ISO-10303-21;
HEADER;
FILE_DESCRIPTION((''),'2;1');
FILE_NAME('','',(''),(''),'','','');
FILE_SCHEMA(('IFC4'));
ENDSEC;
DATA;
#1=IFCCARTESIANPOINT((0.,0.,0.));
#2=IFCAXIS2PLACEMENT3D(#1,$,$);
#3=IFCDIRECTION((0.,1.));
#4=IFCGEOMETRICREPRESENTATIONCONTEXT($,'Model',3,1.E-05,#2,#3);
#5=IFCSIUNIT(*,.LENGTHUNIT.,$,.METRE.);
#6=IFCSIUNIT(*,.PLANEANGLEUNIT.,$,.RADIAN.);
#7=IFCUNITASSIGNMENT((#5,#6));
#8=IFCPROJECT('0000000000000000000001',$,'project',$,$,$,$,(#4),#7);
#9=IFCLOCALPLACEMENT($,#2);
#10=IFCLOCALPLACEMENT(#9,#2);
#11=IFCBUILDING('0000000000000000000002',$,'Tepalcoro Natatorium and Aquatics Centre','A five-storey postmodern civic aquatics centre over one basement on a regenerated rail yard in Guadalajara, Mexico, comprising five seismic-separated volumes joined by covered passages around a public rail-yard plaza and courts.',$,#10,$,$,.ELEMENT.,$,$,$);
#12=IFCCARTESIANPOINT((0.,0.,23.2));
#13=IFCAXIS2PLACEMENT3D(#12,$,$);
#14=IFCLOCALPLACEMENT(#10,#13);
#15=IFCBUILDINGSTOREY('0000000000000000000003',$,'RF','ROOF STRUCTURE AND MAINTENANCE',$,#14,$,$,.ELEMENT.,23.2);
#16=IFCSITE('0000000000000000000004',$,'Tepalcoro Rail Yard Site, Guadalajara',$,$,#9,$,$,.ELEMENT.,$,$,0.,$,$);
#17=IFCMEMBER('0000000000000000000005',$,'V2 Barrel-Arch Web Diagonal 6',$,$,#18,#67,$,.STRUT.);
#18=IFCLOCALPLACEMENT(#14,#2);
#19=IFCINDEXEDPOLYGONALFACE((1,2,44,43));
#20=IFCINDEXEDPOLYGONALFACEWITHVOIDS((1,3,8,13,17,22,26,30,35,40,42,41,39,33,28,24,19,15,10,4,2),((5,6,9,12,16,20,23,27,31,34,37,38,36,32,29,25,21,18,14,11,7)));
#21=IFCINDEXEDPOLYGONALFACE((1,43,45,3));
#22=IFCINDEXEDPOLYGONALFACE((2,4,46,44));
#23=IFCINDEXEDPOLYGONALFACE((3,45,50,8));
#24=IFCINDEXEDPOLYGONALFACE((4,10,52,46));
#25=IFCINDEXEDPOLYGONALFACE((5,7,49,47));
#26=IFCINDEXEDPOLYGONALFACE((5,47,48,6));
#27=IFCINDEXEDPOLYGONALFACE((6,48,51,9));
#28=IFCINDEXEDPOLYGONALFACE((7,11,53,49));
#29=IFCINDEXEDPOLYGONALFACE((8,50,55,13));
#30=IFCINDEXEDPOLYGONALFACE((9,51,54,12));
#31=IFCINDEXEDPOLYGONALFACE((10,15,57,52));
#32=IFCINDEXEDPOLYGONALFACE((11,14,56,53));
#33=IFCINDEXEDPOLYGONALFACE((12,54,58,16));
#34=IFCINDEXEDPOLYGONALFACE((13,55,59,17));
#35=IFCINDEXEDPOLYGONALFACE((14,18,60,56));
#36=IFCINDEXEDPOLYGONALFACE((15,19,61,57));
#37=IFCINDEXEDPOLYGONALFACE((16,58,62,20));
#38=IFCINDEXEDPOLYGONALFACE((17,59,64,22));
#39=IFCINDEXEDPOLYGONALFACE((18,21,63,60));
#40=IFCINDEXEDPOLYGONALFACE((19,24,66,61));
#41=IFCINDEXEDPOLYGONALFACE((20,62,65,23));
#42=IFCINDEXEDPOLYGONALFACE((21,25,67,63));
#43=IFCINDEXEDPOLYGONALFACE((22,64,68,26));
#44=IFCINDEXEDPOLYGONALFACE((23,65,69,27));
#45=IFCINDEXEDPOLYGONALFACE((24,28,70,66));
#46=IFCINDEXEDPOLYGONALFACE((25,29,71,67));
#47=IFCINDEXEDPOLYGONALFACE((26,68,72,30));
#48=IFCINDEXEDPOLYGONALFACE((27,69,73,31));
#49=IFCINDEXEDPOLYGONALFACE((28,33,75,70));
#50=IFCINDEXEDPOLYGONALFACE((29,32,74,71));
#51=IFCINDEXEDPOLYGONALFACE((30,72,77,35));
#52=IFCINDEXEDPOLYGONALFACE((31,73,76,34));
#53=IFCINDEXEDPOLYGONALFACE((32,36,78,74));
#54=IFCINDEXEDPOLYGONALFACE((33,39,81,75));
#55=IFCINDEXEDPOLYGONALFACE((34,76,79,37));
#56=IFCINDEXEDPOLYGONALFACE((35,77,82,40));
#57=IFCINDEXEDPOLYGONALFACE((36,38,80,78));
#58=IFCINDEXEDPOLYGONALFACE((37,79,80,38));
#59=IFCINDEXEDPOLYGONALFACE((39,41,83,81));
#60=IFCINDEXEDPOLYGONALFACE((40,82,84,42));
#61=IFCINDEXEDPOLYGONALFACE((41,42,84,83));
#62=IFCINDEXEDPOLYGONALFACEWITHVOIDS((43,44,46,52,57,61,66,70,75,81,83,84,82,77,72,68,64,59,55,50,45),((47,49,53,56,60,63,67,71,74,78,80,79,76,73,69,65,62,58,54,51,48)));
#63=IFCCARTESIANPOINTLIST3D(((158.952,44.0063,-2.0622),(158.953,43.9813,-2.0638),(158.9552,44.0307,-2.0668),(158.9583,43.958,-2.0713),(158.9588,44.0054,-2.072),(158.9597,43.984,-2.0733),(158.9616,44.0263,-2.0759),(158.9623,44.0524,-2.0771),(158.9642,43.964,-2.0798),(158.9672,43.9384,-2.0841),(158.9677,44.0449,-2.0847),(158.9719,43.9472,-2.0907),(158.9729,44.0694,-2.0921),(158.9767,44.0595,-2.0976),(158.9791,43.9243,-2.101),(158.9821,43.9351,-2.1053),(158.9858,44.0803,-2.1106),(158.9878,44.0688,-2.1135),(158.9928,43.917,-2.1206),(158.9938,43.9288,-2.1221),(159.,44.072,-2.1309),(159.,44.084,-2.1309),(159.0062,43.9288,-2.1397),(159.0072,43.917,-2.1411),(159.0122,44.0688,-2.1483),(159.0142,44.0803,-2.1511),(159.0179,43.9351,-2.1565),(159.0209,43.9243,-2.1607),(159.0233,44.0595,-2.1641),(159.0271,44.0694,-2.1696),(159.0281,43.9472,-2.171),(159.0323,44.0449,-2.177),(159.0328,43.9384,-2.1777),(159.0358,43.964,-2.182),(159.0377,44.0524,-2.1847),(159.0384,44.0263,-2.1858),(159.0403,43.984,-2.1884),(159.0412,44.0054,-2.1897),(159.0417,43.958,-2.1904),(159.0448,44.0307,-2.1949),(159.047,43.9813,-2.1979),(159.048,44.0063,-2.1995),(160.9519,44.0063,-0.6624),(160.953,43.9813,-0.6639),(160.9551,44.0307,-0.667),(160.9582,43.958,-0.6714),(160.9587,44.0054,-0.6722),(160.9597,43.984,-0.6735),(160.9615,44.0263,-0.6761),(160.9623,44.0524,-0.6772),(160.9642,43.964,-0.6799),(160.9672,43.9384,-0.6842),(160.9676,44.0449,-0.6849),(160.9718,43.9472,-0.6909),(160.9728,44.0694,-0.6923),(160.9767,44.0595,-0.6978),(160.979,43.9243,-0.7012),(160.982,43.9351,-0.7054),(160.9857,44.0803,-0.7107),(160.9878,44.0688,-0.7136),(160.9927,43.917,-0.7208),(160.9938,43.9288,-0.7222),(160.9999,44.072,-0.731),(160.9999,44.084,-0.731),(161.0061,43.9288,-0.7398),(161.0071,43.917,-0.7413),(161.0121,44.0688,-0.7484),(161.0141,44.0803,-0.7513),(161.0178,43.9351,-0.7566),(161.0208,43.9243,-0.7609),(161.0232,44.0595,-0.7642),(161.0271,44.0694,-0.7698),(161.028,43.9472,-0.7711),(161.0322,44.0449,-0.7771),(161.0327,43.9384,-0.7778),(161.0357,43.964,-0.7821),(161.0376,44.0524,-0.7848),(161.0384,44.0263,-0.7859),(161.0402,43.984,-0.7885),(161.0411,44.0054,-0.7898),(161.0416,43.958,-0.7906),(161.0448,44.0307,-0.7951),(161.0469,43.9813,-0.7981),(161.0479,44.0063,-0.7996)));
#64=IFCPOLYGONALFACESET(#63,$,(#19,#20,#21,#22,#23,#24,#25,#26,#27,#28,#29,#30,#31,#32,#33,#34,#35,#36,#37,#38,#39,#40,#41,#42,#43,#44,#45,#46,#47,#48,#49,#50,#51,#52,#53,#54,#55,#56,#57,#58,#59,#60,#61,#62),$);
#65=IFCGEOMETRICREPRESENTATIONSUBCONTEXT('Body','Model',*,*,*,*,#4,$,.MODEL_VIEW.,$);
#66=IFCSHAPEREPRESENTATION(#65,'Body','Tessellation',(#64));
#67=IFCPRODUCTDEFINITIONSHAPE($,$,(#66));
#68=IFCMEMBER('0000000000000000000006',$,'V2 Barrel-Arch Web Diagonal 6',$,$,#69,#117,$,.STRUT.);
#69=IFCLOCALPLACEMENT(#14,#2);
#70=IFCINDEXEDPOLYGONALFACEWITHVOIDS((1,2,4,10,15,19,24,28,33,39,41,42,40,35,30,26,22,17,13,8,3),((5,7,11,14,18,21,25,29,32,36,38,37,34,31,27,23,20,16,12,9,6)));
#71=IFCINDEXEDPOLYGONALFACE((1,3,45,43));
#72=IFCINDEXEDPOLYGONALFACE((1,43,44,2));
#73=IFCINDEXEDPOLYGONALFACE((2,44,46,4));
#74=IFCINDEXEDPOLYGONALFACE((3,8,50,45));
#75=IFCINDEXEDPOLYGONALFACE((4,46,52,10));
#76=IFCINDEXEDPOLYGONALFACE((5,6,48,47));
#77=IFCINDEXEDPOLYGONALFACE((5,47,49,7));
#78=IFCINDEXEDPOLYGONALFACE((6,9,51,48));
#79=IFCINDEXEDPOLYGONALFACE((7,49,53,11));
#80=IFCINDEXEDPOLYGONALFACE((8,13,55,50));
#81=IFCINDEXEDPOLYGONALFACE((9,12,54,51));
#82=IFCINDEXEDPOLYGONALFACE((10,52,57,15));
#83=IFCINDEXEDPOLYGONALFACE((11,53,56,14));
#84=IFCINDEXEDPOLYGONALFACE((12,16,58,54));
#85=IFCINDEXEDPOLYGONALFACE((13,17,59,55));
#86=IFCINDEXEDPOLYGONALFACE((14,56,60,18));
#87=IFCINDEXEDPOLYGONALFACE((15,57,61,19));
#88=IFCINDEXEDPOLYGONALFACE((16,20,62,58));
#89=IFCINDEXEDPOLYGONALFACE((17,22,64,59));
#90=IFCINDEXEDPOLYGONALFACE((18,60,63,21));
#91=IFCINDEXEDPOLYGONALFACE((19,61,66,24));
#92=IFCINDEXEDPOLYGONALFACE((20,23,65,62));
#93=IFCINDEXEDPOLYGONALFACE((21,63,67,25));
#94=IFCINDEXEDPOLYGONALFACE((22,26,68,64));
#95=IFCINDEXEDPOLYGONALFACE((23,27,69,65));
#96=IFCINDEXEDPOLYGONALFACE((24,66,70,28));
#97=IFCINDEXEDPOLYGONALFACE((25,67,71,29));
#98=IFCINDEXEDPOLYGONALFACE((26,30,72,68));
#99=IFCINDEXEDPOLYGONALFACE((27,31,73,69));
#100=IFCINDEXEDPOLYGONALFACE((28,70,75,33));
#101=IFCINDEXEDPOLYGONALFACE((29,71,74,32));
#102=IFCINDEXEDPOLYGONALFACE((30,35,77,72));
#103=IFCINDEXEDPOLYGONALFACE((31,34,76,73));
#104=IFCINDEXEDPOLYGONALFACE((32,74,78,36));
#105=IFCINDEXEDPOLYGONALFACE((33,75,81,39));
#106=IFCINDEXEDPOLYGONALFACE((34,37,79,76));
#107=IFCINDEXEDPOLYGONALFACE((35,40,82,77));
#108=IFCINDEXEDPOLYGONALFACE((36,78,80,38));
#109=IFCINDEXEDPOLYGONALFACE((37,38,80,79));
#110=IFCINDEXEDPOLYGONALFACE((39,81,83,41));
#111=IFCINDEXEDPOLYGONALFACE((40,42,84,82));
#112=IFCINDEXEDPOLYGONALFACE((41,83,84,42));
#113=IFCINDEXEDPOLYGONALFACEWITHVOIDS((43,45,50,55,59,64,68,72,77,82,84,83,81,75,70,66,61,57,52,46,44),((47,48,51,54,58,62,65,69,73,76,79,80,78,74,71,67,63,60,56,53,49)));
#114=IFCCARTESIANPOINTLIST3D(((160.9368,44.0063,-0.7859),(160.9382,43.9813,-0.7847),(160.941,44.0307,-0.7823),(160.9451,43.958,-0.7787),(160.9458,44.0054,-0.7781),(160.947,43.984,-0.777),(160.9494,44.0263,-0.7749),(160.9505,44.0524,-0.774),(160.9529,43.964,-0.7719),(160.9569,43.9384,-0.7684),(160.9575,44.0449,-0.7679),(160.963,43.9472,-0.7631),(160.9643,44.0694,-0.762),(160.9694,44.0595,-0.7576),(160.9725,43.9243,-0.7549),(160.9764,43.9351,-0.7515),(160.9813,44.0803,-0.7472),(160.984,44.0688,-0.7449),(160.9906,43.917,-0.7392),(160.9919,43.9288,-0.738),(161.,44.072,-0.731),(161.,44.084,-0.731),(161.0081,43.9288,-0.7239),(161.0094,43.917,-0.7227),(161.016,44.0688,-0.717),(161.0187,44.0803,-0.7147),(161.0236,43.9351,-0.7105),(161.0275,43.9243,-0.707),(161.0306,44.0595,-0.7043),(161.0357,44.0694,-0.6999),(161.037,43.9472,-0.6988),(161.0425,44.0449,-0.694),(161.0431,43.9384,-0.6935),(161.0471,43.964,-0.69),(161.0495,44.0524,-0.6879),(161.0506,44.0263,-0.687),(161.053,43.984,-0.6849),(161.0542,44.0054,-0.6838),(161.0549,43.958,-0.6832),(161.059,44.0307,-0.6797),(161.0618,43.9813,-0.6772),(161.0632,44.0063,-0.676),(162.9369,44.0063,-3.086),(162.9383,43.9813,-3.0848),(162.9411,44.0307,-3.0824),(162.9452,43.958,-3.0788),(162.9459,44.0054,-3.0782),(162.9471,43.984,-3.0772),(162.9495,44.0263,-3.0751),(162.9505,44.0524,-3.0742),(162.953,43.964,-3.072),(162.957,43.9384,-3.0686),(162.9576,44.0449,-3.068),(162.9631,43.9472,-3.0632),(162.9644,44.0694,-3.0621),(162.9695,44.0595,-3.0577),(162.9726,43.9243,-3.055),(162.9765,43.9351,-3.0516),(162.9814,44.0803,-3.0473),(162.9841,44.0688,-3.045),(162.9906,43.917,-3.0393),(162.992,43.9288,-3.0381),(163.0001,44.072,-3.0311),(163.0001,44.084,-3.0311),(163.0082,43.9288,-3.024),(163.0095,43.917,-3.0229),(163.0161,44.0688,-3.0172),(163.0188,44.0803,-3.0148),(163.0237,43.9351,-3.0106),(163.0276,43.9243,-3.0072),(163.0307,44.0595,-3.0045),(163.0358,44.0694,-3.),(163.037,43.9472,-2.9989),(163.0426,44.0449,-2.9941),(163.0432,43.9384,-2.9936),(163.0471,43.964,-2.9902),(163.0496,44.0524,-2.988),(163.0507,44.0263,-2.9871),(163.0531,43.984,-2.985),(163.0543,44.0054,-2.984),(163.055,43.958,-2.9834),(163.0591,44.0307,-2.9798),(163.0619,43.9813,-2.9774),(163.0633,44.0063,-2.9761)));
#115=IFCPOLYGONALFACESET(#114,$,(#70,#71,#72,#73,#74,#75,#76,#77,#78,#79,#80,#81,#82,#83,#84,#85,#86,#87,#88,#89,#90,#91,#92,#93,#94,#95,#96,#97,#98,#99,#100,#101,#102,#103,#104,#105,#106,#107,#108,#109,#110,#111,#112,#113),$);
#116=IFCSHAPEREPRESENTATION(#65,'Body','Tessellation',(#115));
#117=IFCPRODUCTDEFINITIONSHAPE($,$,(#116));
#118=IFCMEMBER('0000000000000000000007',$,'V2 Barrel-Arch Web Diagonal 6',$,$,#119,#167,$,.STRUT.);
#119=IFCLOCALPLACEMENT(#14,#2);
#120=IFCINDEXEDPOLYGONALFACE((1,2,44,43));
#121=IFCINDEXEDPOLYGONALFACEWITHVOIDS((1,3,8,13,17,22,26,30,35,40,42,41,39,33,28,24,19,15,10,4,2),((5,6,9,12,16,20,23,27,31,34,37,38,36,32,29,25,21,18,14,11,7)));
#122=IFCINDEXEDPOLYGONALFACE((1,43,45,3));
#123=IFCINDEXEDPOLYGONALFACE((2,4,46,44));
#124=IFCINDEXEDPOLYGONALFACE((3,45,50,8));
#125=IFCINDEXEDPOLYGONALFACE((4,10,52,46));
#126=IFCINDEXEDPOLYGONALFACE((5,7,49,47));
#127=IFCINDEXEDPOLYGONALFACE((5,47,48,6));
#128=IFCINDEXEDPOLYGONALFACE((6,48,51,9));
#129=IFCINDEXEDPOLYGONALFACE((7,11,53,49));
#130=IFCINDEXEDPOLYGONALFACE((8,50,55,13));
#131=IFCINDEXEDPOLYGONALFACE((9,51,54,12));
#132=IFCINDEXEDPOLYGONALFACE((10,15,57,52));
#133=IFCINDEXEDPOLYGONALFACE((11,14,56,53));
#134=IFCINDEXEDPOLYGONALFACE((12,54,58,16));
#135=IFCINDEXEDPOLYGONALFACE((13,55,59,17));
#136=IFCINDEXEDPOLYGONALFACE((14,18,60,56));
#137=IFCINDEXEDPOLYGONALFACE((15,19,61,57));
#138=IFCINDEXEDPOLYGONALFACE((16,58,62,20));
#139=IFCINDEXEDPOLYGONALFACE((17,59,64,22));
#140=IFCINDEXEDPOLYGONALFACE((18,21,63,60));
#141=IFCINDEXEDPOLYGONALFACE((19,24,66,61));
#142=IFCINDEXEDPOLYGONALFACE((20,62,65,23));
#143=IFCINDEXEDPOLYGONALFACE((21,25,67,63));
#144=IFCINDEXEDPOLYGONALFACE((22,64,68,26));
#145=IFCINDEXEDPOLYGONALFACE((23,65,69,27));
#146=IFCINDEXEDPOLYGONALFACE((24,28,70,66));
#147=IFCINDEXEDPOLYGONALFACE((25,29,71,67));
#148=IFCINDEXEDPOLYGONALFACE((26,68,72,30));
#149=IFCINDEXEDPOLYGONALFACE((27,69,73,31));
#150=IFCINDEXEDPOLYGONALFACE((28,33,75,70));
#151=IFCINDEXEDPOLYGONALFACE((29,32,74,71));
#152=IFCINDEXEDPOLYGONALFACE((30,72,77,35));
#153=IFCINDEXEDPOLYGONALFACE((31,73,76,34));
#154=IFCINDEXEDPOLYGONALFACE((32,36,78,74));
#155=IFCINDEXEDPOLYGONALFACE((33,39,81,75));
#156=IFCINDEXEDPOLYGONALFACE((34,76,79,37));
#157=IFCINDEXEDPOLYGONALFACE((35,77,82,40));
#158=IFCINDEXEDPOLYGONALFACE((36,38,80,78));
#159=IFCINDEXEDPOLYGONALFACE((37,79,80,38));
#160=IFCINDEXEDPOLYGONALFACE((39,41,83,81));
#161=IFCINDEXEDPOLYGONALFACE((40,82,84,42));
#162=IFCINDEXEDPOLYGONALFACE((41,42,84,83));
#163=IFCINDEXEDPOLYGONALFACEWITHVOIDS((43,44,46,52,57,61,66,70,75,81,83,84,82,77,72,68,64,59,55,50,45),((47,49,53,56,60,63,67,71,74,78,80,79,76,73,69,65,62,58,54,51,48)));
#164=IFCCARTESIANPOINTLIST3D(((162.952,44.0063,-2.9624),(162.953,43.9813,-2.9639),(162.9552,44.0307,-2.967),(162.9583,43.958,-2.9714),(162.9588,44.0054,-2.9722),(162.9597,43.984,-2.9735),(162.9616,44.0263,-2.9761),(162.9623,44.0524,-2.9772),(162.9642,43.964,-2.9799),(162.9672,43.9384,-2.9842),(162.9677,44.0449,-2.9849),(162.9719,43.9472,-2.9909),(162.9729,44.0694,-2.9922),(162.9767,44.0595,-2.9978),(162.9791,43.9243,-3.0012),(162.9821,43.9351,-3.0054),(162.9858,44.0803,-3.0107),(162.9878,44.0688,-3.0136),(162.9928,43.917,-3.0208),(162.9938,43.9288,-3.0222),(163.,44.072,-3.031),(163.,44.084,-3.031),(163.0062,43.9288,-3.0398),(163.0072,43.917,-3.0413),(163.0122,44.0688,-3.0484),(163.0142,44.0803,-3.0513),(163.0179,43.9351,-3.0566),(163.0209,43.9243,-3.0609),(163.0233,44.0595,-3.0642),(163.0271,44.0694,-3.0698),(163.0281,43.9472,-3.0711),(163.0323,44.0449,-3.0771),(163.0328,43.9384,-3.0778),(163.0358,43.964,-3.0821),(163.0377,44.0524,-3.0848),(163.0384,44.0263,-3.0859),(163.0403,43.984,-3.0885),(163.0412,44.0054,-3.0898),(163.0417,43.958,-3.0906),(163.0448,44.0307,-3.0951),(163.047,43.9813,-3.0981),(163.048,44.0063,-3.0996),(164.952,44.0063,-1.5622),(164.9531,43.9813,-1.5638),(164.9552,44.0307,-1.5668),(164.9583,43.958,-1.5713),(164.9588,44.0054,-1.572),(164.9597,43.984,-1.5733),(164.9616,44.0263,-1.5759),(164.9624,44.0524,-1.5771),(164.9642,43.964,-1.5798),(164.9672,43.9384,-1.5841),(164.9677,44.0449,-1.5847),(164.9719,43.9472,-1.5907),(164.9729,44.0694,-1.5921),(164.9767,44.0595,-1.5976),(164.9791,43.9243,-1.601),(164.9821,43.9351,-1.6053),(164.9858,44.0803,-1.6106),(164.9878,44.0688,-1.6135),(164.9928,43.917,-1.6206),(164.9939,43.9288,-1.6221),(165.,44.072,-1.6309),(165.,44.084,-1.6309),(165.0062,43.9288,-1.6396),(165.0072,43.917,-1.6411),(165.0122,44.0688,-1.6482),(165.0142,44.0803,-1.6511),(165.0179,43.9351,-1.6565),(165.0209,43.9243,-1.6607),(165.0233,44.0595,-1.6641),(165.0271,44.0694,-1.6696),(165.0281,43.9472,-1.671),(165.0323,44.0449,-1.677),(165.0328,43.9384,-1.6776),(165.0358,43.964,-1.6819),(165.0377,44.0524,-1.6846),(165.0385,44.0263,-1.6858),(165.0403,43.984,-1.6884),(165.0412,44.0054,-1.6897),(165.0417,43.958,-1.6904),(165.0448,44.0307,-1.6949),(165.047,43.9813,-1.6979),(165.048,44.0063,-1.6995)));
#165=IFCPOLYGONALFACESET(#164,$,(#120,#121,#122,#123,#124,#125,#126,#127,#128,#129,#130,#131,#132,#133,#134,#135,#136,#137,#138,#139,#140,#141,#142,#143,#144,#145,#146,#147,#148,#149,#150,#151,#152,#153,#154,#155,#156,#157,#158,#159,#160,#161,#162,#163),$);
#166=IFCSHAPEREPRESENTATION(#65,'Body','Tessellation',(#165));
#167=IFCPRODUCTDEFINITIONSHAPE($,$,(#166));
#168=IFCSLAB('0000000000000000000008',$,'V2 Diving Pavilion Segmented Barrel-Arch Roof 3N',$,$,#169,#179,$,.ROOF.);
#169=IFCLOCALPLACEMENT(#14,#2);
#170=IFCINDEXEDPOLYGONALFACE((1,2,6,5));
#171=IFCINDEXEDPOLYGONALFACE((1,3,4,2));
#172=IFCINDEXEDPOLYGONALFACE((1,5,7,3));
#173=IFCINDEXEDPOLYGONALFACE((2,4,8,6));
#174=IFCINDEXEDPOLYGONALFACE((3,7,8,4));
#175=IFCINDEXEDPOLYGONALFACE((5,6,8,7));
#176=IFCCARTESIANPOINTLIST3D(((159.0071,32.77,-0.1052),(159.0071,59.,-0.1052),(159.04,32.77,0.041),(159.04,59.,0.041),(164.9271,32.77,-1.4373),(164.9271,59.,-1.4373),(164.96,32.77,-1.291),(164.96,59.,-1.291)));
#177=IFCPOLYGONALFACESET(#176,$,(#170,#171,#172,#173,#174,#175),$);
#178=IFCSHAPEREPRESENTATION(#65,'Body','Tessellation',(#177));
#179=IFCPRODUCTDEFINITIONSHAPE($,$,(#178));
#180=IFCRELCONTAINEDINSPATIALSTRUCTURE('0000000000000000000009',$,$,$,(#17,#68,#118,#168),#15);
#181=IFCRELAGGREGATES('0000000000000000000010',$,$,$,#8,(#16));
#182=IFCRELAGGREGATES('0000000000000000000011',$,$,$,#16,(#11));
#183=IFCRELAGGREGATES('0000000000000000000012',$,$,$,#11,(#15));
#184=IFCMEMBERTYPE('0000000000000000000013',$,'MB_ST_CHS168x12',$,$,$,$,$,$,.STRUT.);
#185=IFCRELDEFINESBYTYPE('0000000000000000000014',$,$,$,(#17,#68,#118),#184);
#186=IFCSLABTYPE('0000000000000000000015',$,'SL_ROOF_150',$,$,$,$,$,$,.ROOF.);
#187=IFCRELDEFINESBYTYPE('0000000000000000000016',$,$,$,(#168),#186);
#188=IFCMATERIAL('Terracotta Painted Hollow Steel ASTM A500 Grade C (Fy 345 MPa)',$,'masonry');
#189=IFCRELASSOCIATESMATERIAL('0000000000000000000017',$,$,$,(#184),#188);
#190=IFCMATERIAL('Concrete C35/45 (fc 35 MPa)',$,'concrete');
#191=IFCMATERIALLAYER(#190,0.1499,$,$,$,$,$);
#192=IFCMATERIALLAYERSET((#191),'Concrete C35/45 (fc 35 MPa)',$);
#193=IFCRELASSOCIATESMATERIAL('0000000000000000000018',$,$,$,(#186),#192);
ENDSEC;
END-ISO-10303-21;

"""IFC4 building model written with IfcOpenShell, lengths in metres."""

from ifc_helpers import new_model, si_unit, direction, frame, origin, origin_2d, place, context, subcontext, project, spatial, polyline, hollow_circle, outline, extrude, material, layer, layer_set, material_profile, profile_set, type_object, element, save


model = new_model("IFC4")

# Units and contexts
model_context = context("Model", 3, precision=1e-05, world=origin(), true_north=direction((0.0, 1.0)))
body_context = subcontext(model_context, "Body", "Model", "MODEL_VIEW")
ifc_project = project(units=[si_unit("LENGTHUNIT", "METRE"), si_unit("PLANEANGLEUNIT", "RADIAN")], contexts=[model_context])

# Site, building, storey
site_placement = place(None, origin())
site = spatial("IfcSite", under=ifc_project, at=site_placement, Name="Tepalcoro Rail Yard Site, Guadalajara", CompositionType="ELEMENT", RefElevation=0.0)
building_placement = place(site_placement, origin())
building = spatial("IfcBuilding", under=site, at=building_placement, Name="Tepalcoro Natatorium and Aquatics Centre", Description="A five-storey postmodern civic aquatics centre over one basement on a regenerated rail yard in Guadalajara, Mexico, comprising five seismic-separated volumes joined by covered passages around a public rail-yard plaza and courts.", CompositionType="ELEMENT")
storey_placement = place(building_placement, frame((0.0, 0.0, 23.2)))
storey = spatial("IfcBuildingStorey", under=building, at=storey_placement, Name="RF", Description="ROOF STRUCTURE AND MAINTENANCE", CompositionType="ELEMENT", Elevation=23.2)

# Shared definitions
ifc_material_1 = material(Name="Terracotta Painted Hollow Steel ASTM A500 Grade C (Fy 345 MPa)", Category="masonry")

# Members
ifc_material_profile_1 = material_profile(ifc_material_1, hollow_circle(Radius=0.084, WallThickness=0.012, at=origin_2d()), Name="CHS168X12")
ifc_profile_set_1 = profile_set([ifc_material_profile_1], Name="Terracotta Painted Hollow Steel ASTM A500 Grade C (Fy 345 MPa)")
member_type_1 = type_object("IfcMemberType", Name="MB_ST_CHS168x12", PredefinedType="STRUT", material=ifc_profile_set_1)
member_1_placement = place(storey_placement, frame((159.0, 44.0, -2.1309), z_axis=(0.819251, 0.0, 0.573435), x_axis=(0.0, 1.0, 0.0)))
element("IfcMember", 1, at=member_1_placement, inside=storey, type_object=member_type_1, Name="V2 Barrel-Arch Web Diagonal 6", PredefinedType="STRUT", context=body_context, shape_type="SweptSolid", body=[
    extrude(hollow_circle(Radius=0.084, WallThickness=0.012, at=origin_2d()), origin(), (0.0, 0.0, 1.0), 2.4412),
])
member_2_placement = place(storey_placement, frame((161.0, 44.0, -0.731), z_axis=(0.656171, 0.0, -0.754612), x_axis=(0.0, 1.0, 0.0)))
element("IfcMember", 2, at=member_2_placement, inside=storey, type_object=member_type_1, Name="V2 Barrel-Arch Web Diagonal 6", PredefinedType="STRUT", context=body_context, shape_type="SweptSolid", body=[
    extrude(hollow_circle(Radius=0.084, WallThickness=0.012, at=origin_2d()), origin(), (0.0, 0.0, 1.0), 3.0481),
])
member_3_placement = place(storey_placement, frame((163.0, 44.0, -3.031), z_axis=(0.819204, 0.0, 0.573503), x_axis=(0.0, 1.0, 0.0)))
element("IfcMember", 3, at=member_3_placement, inside=storey, type_object=member_type_1, Name="V2 Barrel-Arch Web Diagonal 6", PredefinedType="STRUT", context=body_context, shape_type="SweptSolid", body=[
    extrude(hollow_circle(Radius=0.084, WallThickness=0.012, at=origin_2d()), origin(), (0.0, 0.0, 1.0), 2.4414),
])

# Slab
ifc_material_2 = material(Name="Concrete C35/45 (fc 35 MPa)", Category="concrete")
ifc_layer = layer(ifc_material_2, 0.1499)
ifc_layer_set = layer_set([ifc_layer], Name="Concrete C35/45 (fc 35 MPa)")
slab_type = type_object("IfcSlabType", Name="SL_ROOF_150", PredefinedType="ROOF", material=ifc_layer_set)
slab_placement = place(storey_placement, frame((159.04, 32.77, 0.041), z_axis=(0.21952, 0.0, 0.975608), x_axis=(0.975608, 0.0, -0.21952)))
element("IfcSlab", 4, at=slab_placement, inside=storey, type_object=slab_type, Name="V2 Diving Pavilion Segmented Barrel-Arch Roof 3N", PredefinedType="ROOF", context=body_context, shape_type="SweptSolid", body=[
    extrude(outline(polyline([(0.0, 0.0), (6.0679, 0.0), (6.0679, 26.23), (0.0, 26.23), (0.0, 0.0)])), origin(), (0.0, 0.0, -1.0), 0.1499),
])

save(model, "model.ifc")
